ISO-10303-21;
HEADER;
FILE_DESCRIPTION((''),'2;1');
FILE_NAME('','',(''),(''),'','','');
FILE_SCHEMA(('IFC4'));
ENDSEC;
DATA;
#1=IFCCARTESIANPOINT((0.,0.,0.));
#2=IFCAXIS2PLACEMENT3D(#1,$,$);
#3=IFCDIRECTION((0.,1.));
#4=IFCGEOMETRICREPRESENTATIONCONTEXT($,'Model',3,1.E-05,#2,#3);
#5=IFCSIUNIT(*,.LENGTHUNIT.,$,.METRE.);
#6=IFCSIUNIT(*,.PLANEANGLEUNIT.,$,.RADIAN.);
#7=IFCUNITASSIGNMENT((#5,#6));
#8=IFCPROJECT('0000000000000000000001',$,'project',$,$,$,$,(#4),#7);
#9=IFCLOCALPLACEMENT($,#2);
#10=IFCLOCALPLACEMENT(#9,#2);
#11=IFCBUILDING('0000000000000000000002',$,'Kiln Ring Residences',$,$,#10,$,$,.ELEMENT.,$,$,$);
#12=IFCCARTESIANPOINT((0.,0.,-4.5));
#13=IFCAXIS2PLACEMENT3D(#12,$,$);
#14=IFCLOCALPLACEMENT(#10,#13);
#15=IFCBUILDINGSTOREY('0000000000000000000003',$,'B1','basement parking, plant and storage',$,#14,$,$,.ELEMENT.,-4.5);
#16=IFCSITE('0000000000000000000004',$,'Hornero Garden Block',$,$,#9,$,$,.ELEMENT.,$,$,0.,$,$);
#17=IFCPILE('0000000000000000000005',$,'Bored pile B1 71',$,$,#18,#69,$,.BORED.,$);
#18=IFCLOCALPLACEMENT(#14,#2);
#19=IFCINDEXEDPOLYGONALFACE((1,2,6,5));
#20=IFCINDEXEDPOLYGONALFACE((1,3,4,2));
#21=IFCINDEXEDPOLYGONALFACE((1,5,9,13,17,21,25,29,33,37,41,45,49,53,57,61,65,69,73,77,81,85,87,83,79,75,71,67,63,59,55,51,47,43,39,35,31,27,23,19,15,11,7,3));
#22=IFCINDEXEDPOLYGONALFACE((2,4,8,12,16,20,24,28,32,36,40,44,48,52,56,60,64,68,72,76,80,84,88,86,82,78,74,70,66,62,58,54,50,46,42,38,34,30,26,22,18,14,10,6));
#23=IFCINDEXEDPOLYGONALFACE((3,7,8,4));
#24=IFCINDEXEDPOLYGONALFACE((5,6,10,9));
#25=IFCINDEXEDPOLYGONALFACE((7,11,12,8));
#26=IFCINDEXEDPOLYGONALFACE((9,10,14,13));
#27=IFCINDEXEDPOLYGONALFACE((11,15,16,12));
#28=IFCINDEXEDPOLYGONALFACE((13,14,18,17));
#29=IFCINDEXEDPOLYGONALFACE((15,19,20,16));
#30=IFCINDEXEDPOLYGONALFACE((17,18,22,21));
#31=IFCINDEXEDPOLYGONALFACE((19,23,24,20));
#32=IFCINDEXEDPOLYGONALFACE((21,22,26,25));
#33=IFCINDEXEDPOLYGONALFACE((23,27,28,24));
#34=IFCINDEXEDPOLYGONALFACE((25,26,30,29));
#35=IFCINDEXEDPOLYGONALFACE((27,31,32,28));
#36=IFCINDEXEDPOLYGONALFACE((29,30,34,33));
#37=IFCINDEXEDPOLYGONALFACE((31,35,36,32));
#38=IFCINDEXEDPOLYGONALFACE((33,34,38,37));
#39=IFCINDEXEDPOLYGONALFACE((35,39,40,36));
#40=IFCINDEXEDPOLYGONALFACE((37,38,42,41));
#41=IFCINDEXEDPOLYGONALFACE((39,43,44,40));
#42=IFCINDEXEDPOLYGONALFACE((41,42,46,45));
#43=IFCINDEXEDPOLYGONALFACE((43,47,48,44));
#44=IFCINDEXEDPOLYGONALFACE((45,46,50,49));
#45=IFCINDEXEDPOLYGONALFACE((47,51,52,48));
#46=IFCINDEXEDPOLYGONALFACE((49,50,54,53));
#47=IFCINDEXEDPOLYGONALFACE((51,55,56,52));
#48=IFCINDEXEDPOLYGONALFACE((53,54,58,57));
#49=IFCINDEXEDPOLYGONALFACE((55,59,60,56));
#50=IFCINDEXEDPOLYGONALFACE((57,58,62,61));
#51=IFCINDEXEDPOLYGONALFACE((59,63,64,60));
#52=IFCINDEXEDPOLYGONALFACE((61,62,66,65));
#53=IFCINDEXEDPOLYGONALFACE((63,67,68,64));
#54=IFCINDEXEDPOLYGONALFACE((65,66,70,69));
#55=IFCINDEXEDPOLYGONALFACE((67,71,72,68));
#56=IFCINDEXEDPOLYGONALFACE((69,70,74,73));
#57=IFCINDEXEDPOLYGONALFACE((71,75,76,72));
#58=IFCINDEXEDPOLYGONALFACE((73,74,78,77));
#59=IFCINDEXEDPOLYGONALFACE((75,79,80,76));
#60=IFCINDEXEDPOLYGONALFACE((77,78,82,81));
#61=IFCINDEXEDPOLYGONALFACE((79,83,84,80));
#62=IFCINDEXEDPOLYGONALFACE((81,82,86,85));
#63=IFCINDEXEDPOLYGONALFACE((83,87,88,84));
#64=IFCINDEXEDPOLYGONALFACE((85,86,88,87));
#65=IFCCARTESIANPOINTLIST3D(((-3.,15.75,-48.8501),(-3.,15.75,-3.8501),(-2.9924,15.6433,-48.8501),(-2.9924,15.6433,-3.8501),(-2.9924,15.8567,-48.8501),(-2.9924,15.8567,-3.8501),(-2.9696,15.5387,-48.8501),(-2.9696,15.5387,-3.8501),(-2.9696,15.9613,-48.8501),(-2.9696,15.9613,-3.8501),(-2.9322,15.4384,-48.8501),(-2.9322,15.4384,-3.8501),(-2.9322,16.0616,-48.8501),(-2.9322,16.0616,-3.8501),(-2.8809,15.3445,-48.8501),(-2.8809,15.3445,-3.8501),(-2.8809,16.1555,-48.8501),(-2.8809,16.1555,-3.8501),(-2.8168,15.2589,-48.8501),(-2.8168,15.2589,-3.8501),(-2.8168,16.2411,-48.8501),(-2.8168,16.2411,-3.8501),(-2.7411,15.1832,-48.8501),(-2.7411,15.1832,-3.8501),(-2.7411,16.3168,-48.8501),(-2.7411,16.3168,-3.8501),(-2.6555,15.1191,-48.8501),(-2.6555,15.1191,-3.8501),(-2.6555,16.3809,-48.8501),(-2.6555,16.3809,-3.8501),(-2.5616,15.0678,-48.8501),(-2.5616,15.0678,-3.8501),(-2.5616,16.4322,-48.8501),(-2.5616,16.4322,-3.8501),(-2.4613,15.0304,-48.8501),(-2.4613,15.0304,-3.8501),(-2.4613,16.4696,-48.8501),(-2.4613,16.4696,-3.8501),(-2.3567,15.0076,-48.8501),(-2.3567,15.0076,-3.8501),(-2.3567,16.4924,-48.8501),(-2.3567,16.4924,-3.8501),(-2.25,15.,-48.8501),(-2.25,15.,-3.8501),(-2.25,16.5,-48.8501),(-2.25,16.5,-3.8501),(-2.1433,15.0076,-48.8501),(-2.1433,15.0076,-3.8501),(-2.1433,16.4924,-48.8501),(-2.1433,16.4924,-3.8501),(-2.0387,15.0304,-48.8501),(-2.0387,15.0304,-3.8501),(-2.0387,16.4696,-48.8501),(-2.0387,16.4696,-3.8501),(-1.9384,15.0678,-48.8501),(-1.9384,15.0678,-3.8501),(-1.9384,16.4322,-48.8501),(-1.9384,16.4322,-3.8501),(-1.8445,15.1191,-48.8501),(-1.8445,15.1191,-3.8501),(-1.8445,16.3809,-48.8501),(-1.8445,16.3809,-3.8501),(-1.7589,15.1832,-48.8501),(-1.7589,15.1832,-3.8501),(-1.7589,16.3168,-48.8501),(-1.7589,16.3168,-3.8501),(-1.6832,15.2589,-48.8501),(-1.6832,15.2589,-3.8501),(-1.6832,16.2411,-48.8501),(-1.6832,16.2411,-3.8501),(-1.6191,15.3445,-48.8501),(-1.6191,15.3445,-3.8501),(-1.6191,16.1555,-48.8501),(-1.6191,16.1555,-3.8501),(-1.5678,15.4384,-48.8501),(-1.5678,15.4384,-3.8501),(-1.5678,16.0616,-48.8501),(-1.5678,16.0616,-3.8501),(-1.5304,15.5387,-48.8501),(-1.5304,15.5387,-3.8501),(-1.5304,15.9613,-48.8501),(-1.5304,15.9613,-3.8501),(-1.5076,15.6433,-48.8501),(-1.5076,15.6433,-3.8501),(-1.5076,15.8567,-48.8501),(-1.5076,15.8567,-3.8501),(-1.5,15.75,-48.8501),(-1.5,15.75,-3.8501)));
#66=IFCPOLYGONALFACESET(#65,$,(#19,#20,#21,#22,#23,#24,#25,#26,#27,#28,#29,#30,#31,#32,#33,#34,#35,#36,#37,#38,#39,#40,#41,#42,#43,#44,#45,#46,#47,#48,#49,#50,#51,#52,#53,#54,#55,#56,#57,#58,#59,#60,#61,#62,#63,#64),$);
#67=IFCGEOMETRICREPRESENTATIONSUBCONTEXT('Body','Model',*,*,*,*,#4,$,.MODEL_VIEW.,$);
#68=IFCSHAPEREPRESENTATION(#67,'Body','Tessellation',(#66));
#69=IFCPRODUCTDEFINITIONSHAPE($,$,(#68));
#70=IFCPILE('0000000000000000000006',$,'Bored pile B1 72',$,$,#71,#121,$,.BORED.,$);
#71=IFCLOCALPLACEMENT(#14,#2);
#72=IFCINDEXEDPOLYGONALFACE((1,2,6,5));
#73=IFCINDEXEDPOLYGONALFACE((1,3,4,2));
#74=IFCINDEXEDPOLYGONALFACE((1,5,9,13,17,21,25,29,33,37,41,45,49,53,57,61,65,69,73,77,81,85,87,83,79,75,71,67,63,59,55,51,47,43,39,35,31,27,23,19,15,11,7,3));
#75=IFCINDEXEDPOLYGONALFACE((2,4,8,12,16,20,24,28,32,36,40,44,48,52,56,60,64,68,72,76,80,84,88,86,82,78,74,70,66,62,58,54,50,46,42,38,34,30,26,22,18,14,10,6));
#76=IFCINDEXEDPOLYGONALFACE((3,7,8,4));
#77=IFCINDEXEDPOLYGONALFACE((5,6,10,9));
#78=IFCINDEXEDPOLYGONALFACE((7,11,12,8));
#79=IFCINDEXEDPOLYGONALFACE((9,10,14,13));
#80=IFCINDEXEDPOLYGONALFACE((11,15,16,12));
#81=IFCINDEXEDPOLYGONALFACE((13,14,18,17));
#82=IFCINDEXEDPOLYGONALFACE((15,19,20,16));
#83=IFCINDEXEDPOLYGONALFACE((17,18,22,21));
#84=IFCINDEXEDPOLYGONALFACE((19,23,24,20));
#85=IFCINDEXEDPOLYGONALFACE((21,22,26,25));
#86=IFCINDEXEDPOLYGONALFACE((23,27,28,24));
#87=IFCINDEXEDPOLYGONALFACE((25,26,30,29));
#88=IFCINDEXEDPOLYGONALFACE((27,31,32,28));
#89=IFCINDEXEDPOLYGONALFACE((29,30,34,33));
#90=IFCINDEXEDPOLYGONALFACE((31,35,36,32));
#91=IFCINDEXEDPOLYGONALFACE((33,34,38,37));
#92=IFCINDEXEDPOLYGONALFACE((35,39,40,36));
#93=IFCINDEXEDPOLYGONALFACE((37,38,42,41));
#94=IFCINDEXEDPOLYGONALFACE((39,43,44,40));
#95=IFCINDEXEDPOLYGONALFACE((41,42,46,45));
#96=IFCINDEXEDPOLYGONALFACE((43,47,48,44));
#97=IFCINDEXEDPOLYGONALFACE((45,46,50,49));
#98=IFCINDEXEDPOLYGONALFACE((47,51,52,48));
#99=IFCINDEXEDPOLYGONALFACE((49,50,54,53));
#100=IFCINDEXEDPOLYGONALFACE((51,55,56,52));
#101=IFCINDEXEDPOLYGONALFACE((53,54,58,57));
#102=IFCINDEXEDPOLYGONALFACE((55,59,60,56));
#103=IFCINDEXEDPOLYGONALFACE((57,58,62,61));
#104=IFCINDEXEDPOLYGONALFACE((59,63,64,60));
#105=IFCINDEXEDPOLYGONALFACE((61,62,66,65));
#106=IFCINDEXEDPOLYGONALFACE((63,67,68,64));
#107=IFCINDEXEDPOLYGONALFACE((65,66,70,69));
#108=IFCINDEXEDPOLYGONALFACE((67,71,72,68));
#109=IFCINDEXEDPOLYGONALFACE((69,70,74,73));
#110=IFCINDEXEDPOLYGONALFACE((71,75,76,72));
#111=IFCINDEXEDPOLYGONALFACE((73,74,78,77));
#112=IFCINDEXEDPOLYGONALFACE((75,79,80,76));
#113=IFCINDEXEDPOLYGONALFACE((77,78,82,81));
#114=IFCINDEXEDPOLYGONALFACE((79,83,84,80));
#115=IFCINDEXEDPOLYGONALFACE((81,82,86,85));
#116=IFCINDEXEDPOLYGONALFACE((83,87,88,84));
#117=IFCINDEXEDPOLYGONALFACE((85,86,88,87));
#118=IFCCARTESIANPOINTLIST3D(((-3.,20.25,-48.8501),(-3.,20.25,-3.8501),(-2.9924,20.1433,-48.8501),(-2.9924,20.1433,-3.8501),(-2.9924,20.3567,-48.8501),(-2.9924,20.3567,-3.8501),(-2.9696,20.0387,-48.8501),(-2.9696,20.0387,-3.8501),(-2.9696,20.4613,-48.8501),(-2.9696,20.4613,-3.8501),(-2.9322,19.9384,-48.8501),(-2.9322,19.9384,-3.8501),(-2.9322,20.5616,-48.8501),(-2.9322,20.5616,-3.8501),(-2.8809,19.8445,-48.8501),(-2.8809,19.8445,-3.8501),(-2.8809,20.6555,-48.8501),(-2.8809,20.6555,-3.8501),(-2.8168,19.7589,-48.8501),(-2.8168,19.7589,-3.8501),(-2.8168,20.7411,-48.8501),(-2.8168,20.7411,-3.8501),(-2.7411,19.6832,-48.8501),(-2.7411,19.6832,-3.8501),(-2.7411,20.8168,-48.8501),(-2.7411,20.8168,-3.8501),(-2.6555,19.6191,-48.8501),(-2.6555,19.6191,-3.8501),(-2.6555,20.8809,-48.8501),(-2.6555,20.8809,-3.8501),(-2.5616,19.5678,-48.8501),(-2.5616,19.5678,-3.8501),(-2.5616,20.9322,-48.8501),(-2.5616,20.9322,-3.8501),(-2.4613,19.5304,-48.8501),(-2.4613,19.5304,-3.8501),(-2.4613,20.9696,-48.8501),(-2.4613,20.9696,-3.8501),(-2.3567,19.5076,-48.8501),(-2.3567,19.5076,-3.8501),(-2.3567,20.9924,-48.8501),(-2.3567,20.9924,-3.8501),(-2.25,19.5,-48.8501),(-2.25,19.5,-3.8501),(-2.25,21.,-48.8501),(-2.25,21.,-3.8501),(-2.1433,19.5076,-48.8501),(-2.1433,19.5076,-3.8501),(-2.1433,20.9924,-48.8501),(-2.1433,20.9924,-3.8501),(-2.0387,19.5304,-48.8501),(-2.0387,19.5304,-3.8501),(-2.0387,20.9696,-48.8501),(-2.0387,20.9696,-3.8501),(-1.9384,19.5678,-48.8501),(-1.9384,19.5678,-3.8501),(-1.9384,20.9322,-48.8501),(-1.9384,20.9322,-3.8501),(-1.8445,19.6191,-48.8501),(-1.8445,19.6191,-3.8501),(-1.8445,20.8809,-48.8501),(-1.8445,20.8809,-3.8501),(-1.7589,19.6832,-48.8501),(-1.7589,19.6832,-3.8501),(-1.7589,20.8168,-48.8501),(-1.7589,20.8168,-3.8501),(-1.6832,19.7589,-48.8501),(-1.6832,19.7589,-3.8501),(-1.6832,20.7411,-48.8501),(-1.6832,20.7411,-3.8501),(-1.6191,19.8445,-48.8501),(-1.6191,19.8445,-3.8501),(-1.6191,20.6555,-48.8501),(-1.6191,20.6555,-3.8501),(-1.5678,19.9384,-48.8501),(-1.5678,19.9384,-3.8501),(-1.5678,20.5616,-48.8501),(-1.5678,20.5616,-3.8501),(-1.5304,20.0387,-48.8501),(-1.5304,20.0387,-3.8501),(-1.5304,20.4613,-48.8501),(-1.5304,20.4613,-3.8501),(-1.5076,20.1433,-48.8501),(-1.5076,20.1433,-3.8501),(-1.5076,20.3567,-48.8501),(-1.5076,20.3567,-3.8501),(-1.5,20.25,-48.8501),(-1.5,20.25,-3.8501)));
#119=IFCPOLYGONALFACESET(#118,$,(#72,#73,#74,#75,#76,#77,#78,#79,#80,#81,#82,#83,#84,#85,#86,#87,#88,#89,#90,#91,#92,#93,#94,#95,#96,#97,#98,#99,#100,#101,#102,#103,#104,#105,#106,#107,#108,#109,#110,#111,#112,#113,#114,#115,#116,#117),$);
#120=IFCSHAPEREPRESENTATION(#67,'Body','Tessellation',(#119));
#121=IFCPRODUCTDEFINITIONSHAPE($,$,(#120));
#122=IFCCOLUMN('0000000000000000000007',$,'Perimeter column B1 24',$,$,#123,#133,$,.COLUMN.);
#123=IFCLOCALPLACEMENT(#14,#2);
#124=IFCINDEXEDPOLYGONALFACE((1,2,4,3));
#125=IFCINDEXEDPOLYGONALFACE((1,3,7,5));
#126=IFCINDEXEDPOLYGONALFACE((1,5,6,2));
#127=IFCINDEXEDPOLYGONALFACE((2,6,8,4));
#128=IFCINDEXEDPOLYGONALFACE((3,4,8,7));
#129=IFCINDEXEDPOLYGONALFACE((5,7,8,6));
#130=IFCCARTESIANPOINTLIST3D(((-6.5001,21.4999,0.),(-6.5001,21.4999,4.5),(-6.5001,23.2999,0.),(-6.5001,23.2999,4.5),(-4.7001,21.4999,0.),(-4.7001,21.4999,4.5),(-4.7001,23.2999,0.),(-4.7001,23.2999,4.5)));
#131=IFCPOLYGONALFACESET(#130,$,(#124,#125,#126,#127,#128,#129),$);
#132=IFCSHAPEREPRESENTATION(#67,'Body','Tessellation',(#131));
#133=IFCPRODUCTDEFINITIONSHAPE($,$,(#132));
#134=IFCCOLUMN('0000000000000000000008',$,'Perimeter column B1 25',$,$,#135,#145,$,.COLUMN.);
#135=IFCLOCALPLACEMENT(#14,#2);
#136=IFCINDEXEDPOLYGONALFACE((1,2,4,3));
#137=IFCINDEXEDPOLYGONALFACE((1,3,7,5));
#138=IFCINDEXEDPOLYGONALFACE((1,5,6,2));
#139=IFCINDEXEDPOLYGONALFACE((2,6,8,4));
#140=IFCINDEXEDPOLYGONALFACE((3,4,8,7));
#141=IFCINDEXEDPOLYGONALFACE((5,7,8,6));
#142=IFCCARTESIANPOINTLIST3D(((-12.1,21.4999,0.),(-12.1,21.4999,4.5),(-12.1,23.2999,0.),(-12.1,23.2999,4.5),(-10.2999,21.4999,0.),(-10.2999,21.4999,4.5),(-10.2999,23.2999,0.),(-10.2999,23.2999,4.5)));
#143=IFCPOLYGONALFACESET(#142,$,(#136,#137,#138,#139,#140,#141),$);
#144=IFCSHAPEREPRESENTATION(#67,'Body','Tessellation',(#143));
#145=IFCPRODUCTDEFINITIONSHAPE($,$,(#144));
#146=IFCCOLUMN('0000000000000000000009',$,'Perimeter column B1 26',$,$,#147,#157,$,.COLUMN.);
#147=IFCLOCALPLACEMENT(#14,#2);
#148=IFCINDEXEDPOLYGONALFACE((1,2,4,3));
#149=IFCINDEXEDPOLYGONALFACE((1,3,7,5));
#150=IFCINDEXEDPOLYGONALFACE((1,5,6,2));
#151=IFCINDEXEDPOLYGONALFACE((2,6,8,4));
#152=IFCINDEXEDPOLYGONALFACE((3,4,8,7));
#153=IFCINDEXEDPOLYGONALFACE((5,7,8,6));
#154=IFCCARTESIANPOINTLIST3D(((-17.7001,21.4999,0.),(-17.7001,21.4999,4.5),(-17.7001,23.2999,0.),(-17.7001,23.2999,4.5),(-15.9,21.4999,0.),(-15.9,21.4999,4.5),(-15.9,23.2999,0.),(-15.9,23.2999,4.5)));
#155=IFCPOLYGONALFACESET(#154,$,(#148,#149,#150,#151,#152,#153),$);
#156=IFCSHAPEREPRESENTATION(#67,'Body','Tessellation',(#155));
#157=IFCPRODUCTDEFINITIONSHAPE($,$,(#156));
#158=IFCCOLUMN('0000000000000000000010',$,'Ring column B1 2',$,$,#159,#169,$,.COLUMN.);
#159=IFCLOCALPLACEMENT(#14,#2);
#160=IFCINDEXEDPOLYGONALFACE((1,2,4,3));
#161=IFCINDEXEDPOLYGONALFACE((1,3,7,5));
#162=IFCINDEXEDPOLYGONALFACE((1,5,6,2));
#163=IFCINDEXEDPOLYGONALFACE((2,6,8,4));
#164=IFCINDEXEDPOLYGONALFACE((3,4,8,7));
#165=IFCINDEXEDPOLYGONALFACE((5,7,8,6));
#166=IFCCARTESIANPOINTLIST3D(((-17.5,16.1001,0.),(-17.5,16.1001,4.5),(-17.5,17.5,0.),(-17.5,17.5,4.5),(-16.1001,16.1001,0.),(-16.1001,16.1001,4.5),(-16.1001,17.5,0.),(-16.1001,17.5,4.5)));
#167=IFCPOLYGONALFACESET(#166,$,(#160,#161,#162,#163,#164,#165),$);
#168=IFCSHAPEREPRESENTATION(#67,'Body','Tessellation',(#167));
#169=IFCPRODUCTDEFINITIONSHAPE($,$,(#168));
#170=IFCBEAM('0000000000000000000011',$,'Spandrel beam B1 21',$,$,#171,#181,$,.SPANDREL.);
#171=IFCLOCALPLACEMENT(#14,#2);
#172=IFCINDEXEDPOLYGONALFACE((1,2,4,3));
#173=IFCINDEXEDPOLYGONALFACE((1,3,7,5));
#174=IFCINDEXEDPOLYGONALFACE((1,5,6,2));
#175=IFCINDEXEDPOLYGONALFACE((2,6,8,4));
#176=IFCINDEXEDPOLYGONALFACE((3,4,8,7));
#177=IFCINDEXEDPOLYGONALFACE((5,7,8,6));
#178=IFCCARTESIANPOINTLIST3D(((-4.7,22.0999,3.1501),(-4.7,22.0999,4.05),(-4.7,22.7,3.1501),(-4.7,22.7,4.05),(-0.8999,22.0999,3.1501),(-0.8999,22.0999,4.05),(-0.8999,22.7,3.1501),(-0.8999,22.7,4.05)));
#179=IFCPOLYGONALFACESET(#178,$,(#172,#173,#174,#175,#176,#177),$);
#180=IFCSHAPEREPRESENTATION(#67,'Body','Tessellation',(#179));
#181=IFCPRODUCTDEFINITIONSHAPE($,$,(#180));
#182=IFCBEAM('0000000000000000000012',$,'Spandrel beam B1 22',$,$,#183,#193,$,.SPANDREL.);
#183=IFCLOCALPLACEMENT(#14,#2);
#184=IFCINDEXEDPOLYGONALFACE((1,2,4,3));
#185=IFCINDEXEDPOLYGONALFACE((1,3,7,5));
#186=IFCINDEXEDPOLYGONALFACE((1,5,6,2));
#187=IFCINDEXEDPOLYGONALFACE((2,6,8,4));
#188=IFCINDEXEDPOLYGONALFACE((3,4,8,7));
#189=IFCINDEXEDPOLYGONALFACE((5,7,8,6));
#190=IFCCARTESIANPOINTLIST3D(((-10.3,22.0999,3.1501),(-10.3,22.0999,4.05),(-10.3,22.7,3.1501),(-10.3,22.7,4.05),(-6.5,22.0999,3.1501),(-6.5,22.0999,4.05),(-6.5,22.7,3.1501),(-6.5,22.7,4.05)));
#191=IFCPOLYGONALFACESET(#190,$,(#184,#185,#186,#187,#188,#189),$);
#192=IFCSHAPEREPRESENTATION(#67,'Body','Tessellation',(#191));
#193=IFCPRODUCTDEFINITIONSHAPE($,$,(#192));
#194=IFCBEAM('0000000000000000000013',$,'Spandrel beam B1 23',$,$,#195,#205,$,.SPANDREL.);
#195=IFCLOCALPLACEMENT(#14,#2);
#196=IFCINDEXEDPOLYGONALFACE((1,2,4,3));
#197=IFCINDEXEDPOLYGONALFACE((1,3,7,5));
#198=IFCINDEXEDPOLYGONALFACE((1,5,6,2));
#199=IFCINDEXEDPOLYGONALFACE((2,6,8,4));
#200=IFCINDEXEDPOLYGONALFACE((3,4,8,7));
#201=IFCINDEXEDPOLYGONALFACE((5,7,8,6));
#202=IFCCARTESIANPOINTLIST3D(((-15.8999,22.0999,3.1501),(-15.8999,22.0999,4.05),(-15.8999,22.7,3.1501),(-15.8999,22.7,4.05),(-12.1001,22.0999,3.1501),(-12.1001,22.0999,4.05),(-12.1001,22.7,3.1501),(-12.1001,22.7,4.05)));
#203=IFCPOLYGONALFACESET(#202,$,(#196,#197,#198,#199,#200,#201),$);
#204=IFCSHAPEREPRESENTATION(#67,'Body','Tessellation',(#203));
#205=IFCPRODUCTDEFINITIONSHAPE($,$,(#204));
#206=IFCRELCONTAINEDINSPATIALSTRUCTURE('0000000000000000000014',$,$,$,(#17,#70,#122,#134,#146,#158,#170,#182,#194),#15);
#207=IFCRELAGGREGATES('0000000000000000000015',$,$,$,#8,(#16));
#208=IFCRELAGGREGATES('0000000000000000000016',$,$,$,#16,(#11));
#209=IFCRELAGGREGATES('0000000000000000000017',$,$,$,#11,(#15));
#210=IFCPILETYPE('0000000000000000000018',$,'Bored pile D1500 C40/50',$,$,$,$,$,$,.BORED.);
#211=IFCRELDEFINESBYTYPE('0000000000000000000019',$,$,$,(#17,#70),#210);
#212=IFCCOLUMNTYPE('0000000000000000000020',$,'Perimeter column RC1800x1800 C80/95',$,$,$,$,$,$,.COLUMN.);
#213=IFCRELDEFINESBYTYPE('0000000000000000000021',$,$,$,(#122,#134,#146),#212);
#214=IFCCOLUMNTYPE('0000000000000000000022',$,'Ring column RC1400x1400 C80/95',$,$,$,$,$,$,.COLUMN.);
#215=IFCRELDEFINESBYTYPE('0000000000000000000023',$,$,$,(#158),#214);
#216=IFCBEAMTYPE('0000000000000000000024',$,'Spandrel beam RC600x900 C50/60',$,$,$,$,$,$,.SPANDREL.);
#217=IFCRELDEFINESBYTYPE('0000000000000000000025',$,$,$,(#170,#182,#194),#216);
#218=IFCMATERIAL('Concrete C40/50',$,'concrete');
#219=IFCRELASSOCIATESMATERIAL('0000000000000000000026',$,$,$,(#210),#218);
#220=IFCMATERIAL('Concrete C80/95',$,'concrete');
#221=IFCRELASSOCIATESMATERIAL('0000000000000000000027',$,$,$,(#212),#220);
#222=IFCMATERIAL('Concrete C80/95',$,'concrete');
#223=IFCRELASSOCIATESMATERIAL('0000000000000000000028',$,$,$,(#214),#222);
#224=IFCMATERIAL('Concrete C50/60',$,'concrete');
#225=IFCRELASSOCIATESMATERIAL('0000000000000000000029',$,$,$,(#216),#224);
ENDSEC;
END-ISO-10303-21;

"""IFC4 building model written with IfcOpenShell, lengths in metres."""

from ifc_helpers import new_model, si_unit, direction, frame, origin, origin_2d, place, context, subcontext, project, spatial, rectangle, circle, extrude, material, material_profile, profile_set, type_object, element, save


model = new_model("IFC4")

# Units and contexts
model_context = context("Model", 3, precision=1e-05, world=origin(), true_north=direction((0.0, 1.0)))
body_context = subcontext(model_context, "Body", "Model", "MODEL_VIEW")
ifc_project = project(units=[si_unit("LENGTHUNIT", "METRE"), si_unit("PLANEANGLEUNIT", "RADIAN")], contexts=[model_context])

# Site, building, storey
site_placement = place(None, origin())
site = spatial("IfcSite", under=ifc_project, at=site_placement, Name="Hornero Garden Block", CompositionType="ELEMENT", RefElevation=0.0)
building_placement = place(site_placement, origin())
building = spatial("IfcBuilding", under=site, at=building_placement, Name="Kiln Ring Residences", CompositionType="ELEMENT")
storey_placement = place(building_placement, frame((0.0, 0.0, -4.5)))
storey = spatial("IfcBuildingStorey", under=building, at=storey_placement, Name="B1", Description="basement parking, plant and storage", CompositionType="ELEMENT", Elevation=-4.5)

# Piles
ifc_material_1 = material(Name="Concrete C40/50", Category="concrete")
ifc_material_profile_1 = material_profile(ifc_material_1, circle(Radius=0.75, at=origin_2d()), Name="BORED1500")
ifc_profile_set_1 = profile_set([ifc_material_profile_1], Name="Concrete C40/50")
pile_type = type_object("IfcPileType", Name="Bored pile D1500 C40/50", PredefinedType="BORED", material=ifc_profile_set_1)
for number, where, z_axis, x_axis, name in (
    (1, (-2.25, 15.75, -3.8501), (0.0, 0.0, -1.0), (1.0, 0.0, 0.0), "Bored pile B1 71"),
    (2, (-2.25, 20.25, -3.8501), (0.0, 0.0, -1.0), (1.0, 0.0, 0.0), "Bored pile B1 72"),
):
    element("IfcPile", number, at=place(storey_placement, frame(where, z_axis=z_axis, x_axis=x_axis)), inside=storey, type_object=pile_type, Name=name, PredefinedType="BORED", context=body_context, shape_type="SweptSolid", body=[
        extrude(circle(Radius=0.75, at=origin_2d()), origin(), (0.0, 0.0, 1.0), 45.0),
    ])

# Columns
ifc_material_2 = material(Name="Concrete C80/95", Category="concrete")
ifc_material_profile_2 = material_profile(ifc_material_2, rectangle(XDim=1.8, YDim=1.8, at=origin_2d()), Name="RC1800x1800")
ifc_profile_set_2 = profile_set([ifc_material_profile_2], Name="Concrete C80/95")
column_type_1 = type_object("IfcColumnType", Name="Perimeter column RC1800x1800 C80/95", PredefinedType="COLUMN", material=ifc_profile_set_2)
for number, where, z_axis, x_axis, name in (
    (3, (-5.6001, 22.3999, 0.0), (0.0, 0.0, 1.0), (1.0, 0.0, 0.0), "Perimeter column B1 24"),
    (4, (-11.2, 22.3999, 0.0), (0.0, 0.0, 1.0), (1.0, 0.0, 0.0), "Perimeter column B1 25"),
    (5, (-16.8, 22.3999, 0.0), (0.0, 0.0, 1.0), (1.0, 0.0, 0.0), "Perimeter column B1 26"),
):
    element("IfcColumn", number, at=place(storey_placement, frame(where, z_axis=z_axis, x_axis=x_axis)), inside=storey, type_object=column_type_1, Name=name, PredefinedType="COLUMN", context=body_context, shape_type="SweptSolid", body=[
        extrude(rectangle(XDim=1.8, YDim=1.8, at=origin_2d()), origin(), (0.0, 0.0, 1.0), 4.5),
    ])
ifc_material_3 = material(Name="Concrete C80/95", Category="concrete")
ifc_material_profile_3 = material_profile(ifc_material_3, rectangle(XDim=1.3999, YDim=1.3999, at=origin_2d()), Name="RC1400x1400")
ifc_profile_set_3 = profile_set([ifc_material_profile_3], Name="Concrete C80/95")
column_type_2 = type_object("IfcColumnType", Name="Ring column RC1400x1400 C80/95", PredefinedType="COLUMN", material=ifc_profile_set_3)
column_placement = place(storey_placement, frame((-16.8, 16.8, 0.0), z_axis=(0.0, 0.0, 1.0), x_axis=(1.0, 0.0, 0.0)))
element("IfcColumn", 6, at=column_placement, inside=storey, type_object=column_type_2, Name="Ring column B1 2", PredefinedType="COLUMN", context=body_context, shape_type="SweptSolid", body=[
    extrude(rectangle(XDim=1.3999, YDim=1.3999, at=origin_2d()), origin(), (0.0, 0.0, 1.0), 4.5),
])

# Beams
ifc_material_4 = material(Name="Concrete C50/60", Category="concrete")
ifc_material_profile_4 = material_profile(ifc_material_4, rectangle(XDim=0.6001, YDim=0.8999, at=origin_2d()), Name="RC600x900")
ifc_profile_set_4 = profile_set([ifc_material_profile_4], Name="Concrete C50/60")
beam_type = type_object("IfcBeamType", Name="Spandrel beam RC600x900 C50/60", PredefinedType="SPANDREL", material=ifc_profile_set_4)
for number, where, z_axis, x_axis, name in (
    (7, (-0.8999, 22.3999, 3.6001), (-1.0, 0.0, 0.0), (0.0, -1.0, 0.0), "Spandrel beam B1 21"),
    (8, (-6.5, 22.3999, 3.6001), (-1.0, 0.0, 0.0), (0.0, -1.0, 0.0), "Spandrel beam B1 22"),
):
    element("IfcBeam", number, at=place(storey_placement, frame(where, z_axis=z_axis, x_axis=x_axis)), inside=storey, type_object=beam_type, Name=name, PredefinedType="SPANDREL", context=body_context, shape_type="SweptSolid", body=[
        extrude(rectangle(XDim=0.6001, YDim=0.8999, at=origin_2d()), origin(), (0.0, 0.0, 1.0), 3.8),
    ])
beam_1_placement = place(storey_placement, frame((-12.1001, 22.3999, 3.6001), z_axis=(-1.0, 0.0, 0.0), x_axis=(0.0, -1.0, 0.0)))
element("IfcBeam", 9, at=beam_1_placement, inside=storey, type_object=beam_type, Name="Spandrel beam B1 23", PredefinedType="SPANDREL", context=body_context, shape_type="SweptSolid", body=[
    extrude(rectangle(XDim=0.6001, YDim=0.8999, at=origin_2d()), origin(), (0.0, 0.0, 1.0), 3.7998),
])

save(model, "model.ifc")
